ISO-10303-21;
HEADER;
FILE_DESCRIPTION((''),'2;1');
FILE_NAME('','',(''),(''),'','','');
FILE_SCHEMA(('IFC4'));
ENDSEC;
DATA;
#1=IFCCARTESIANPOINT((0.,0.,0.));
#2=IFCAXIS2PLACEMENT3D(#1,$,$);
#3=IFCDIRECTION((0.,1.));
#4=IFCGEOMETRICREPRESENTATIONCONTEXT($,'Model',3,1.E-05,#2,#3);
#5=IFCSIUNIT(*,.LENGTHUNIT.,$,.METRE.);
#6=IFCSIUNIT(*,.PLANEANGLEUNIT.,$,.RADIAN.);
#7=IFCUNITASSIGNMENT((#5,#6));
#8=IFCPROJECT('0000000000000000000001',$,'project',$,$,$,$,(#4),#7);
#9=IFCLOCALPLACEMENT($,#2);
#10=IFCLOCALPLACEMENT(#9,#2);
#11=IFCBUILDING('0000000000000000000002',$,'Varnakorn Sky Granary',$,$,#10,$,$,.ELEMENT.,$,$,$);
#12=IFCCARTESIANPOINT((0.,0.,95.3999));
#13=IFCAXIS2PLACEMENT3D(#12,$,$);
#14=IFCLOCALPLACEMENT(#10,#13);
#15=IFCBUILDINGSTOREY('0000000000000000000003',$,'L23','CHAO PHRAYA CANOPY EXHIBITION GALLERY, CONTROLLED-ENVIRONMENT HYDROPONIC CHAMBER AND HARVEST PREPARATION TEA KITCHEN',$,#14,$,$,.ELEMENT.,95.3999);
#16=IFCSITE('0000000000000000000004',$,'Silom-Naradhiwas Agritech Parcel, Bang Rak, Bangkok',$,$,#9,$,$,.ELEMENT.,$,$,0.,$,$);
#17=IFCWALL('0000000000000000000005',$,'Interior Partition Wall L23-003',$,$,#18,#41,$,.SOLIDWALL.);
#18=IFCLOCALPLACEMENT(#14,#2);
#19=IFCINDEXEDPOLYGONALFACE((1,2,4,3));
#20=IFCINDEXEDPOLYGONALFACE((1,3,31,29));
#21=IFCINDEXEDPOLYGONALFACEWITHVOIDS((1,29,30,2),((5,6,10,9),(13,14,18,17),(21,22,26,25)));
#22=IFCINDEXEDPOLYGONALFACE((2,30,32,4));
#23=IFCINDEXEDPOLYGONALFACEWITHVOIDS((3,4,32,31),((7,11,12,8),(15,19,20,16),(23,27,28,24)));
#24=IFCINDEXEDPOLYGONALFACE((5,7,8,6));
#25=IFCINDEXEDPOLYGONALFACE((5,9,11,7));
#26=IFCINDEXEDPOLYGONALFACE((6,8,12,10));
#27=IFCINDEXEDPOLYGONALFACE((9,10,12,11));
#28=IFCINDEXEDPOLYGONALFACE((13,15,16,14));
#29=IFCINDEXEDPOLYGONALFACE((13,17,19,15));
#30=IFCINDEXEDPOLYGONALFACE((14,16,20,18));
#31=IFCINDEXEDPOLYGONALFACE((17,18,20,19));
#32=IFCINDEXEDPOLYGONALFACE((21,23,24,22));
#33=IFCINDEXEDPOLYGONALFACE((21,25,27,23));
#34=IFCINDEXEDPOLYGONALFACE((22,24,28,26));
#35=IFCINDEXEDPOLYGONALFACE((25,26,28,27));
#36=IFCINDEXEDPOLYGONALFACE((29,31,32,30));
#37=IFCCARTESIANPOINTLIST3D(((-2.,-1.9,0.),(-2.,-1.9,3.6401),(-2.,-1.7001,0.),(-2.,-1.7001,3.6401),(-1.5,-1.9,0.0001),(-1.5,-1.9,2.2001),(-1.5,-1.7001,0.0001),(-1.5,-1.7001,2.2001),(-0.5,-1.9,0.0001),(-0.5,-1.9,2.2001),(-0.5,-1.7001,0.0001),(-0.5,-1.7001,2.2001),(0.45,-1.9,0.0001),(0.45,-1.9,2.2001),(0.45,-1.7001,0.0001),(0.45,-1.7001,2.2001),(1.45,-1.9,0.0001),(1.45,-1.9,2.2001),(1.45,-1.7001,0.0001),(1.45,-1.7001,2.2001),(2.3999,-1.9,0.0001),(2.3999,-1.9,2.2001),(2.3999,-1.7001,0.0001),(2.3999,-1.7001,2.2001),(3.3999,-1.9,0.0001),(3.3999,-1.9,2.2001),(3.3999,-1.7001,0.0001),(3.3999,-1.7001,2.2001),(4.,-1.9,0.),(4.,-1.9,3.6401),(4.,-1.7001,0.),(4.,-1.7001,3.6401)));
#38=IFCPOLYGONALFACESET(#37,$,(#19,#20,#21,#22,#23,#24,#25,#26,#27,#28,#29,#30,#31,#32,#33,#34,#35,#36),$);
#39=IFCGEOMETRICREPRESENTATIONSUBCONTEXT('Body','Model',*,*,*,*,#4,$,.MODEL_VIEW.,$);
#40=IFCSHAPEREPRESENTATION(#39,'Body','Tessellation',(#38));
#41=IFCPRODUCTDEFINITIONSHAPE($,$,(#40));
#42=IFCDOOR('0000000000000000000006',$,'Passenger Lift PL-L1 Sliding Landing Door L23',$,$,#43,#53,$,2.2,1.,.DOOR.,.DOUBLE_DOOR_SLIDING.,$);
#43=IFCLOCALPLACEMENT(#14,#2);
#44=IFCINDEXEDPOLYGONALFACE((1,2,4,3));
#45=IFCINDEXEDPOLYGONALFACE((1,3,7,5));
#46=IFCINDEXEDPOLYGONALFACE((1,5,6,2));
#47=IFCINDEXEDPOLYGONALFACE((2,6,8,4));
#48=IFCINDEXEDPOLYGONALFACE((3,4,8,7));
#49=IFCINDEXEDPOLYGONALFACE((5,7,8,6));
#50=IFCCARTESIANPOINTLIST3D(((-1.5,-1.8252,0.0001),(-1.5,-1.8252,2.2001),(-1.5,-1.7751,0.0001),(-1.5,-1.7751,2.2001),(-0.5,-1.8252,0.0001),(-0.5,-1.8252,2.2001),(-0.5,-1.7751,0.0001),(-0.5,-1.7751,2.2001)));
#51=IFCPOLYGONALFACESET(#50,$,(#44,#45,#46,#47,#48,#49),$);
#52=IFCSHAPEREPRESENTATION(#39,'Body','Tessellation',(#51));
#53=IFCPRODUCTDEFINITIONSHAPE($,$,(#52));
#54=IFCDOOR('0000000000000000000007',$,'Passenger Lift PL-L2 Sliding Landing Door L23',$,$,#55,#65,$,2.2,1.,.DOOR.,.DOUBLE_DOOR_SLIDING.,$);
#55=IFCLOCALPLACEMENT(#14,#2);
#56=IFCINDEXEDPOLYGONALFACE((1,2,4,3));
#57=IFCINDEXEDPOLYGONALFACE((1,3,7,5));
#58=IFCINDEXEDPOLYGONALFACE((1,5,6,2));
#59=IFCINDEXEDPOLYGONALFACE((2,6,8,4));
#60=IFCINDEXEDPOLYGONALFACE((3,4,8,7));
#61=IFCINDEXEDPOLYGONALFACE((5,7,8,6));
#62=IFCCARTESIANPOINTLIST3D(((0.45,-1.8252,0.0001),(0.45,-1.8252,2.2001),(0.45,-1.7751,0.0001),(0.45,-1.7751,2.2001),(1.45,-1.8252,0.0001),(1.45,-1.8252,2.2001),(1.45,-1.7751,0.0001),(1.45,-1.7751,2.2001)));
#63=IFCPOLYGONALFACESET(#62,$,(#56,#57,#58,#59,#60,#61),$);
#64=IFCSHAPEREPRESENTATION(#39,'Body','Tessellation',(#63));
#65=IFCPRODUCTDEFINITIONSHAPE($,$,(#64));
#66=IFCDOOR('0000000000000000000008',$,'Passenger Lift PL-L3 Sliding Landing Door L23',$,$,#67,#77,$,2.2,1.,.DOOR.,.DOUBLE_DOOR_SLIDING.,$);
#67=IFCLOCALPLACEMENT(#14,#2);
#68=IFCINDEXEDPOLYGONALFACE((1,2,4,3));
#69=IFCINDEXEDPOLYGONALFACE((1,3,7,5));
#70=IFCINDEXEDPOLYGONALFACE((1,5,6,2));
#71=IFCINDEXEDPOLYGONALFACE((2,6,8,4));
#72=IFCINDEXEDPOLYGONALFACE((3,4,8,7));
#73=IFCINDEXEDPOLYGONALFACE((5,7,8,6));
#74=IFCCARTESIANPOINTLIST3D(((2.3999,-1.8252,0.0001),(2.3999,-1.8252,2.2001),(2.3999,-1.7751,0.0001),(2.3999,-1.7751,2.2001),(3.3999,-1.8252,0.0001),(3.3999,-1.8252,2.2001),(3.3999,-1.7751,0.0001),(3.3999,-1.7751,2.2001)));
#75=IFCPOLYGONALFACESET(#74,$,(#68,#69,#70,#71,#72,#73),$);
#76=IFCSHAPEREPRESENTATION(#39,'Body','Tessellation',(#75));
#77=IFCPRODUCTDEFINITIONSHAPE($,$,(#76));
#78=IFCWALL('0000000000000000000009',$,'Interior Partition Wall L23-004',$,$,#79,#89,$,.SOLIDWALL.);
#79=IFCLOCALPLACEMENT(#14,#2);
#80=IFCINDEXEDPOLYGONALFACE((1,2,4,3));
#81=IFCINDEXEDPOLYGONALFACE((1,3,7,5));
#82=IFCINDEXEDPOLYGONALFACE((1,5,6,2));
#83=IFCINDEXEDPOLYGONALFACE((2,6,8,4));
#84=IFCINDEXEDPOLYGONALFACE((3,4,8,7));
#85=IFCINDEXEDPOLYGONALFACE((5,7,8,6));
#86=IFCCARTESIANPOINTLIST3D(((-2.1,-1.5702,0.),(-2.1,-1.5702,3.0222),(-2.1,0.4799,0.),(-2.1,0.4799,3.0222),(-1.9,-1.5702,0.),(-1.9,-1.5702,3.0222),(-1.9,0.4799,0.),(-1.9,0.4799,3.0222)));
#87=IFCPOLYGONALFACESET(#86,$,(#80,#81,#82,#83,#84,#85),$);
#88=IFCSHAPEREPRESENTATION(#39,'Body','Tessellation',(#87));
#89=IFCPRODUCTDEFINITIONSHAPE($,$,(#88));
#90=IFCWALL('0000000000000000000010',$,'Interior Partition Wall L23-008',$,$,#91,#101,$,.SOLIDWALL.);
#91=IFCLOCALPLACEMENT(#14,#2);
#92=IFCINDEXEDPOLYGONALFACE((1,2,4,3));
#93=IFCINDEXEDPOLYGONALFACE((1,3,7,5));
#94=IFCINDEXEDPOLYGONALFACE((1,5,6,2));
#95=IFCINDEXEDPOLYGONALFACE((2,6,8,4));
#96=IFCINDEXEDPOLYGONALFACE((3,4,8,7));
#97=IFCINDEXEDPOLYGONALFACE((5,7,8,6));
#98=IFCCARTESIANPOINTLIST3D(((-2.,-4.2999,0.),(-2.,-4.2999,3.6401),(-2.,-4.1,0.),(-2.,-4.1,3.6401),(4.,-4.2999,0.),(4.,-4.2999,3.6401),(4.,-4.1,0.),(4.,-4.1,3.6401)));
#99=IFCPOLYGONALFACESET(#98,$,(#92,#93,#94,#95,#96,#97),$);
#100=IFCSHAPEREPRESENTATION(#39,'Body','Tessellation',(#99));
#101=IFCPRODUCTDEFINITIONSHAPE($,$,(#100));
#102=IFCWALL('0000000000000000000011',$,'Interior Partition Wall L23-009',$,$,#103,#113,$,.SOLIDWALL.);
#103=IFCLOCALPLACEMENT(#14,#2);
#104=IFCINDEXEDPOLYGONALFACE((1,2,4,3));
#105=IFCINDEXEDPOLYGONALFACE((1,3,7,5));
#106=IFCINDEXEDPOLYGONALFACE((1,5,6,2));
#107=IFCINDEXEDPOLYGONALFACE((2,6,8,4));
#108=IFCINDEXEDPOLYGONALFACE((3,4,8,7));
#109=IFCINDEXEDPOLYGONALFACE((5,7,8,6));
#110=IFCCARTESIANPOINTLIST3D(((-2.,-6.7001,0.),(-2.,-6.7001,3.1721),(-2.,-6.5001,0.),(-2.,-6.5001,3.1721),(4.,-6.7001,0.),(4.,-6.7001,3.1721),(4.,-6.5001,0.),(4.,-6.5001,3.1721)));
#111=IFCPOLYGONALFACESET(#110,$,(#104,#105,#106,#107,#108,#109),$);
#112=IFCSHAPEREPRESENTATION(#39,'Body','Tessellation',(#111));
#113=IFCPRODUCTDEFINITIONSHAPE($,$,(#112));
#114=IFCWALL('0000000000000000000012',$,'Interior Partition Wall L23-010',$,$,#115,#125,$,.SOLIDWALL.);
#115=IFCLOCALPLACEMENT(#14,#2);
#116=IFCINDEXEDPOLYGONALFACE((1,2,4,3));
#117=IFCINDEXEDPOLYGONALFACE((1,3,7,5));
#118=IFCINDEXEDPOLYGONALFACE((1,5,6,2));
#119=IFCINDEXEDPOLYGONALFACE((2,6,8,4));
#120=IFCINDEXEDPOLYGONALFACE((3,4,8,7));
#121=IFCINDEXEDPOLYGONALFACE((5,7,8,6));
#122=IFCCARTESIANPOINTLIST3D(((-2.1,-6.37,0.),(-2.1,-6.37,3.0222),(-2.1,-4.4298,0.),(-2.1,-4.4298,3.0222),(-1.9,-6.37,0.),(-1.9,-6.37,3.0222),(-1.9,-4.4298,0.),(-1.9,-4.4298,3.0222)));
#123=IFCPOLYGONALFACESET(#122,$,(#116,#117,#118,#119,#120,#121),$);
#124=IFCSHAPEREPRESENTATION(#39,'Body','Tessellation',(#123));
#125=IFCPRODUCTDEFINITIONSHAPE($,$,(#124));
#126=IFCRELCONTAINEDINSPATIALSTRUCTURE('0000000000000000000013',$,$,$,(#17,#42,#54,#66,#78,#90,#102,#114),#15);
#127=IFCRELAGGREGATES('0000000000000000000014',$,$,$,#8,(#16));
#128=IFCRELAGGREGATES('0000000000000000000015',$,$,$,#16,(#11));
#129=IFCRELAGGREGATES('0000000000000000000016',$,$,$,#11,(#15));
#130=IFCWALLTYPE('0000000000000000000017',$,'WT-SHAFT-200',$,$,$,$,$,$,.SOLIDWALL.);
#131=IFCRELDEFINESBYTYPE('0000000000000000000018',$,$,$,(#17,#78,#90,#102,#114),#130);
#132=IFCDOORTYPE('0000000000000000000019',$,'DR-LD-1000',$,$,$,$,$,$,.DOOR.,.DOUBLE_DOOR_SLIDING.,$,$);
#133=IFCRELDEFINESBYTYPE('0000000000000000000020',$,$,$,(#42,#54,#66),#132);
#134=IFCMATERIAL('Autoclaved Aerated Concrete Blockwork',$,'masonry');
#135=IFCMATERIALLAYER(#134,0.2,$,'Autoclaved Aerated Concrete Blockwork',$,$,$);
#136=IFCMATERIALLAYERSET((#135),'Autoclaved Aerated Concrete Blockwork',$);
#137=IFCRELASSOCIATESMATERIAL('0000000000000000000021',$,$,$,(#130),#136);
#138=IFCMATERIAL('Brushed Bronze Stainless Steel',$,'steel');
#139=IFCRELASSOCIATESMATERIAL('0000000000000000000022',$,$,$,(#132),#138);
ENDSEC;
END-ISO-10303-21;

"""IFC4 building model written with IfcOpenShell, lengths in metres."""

from ifc_helpers import new_model, si_unit, direction, frame, frame_2d, origin, place, context, subcontext, project, spatial, rectangle, extrude, material, layer, layer_set, type_object, element, fill, save


model = new_model("IFC4")

# Units and contexts
model_context = context("Model", 3, precision=1e-05, world=origin(), true_north=direction((0.0, 1.0)))
body_context = subcontext(model_context, "Body", "Model", "MODEL_VIEW")
ifc_project = project(units=[si_unit("LENGTHUNIT", "METRE"), si_unit("PLANEANGLEUNIT", "RADIAN")], contexts=[model_context])

# Site, building, storey
site_placement = place(None, origin())
site = spatial("IfcSite", under=ifc_project, at=site_placement, Name="Silom-Naradhiwas Agritech Parcel, Bang Rak, Bangkok", CompositionType="ELEMENT", RefElevation=0.0)
building_placement = place(site_placement, origin())
building = spatial("IfcBuilding", under=site, at=building_placement, Name="Varnakorn Sky Granary", CompositionType="ELEMENT")
storey_placement = place(building_placement, frame((0.0, 0.0, 95.3999)))
storey = spatial("IfcBuildingStorey", under=building, at=storey_placement, Name="L23", Description="CHAO PHRAYA CANOPY EXHIBITION GALLERY, CONTROLLED-ENVIRONMENT HYDROPONIC CHAMBER AND HARVEST PREPARATION TEA KITCHEN", CompositionType="ELEMENT", Elevation=95.3999)

# Shared definitions
ifc_material_1 = material(Name="Autoclaved Aerated Concrete Blockwork", Category="masonry")

# Wall, openings, doors
ifc_layer_1 = layer(ifc_material_1, 0.2, Name="Autoclaved Aerated Concrete Blockwork")
ifc_layer_set_1 = layer_set([ifc_layer_1], Name="Autoclaved Aerated Concrete Blockwork")
wall_type_1 = type_object("IfcWallType", Name="WT-SHAFT-200", PredefinedType="SOLIDWALL", material=ifc_layer_set_1)
wall_1_placement = place(storey_placement, frame((-2.0, -1.8, 0.0), z_axis=(0.0, 0.0, 1.0), x_axis=(1.0, 0.0, 0.0)))
wall_1 = element("IfcWall", 1, at=wall_1_placement, inside=storey, type_object=wall_type_1, Name="Interior Partition Wall L23-003", PredefinedType="SOLIDWALL", context=body_context, shape_type="SweptSolid", body=[
    extrude(rectangle(XDim=6.0, YDim=0.2, at=frame_2d((3.0, 0.0))), origin(), (0.0, 0.0, 1.0), 3.6401),
])
opening_1_placement = place(wall_1_placement, frame((0.5, 0.0, 0.0)))
opening_1 = element("IfcOpeningElement", 2, at=opening_1_placement, cuts=wall_1, PredefinedType="OPENING", context=body_context, shape_type="SweptSolid", body=[
    extrude(rectangle(XDim=1.0, YDim=2.2, at=frame_2d((0.5, 1.1001))), frame((0.0, 0.1099, 0.0), z_axis=(0.0, -1.0, 0.0), x_axis=(1.0, 0.0, 0.0)), (0.0, 0.0, 1.0), 0.22),
])
opening_2_placement = place(wall_1_placement, frame((2.45, 0.0, 0.0)))
opening_2 = element("IfcOpeningElement", 3, at=opening_2_placement, cuts=wall_1, PredefinedType="OPENING", context=body_context, shape_type="SweptSolid", body=[
    extrude(rectangle(XDim=1.0, YDim=2.2, at=frame_2d((0.5, 1.1001))), frame((0.0, 0.1099, 0.0), z_axis=(0.0, -1.0, 0.0), x_axis=(1.0, 0.0, 0.0)), (0.0, 0.0, 1.0), 0.22),
])
opening_3_placement = place(wall_1_placement, frame((4.3999, 0.0, 0.0)))
opening_3 = element("IfcOpeningElement", 4, at=opening_3_placement, cuts=wall_1, PredefinedType="OPENING", context=body_context, shape_type="SweptSolid", body=[
    extrude(rectangle(XDim=1.0, YDim=2.2, at=frame_2d((0.5, 1.1001))), frame((0.0, 0.1099, 0.0), z_axis=(0.0, -1.0, 0.0), x_axis=(1.0, 0.0, 0.0)), (0.0, 0.0, 1.0), 0.22),
])
ifc_material_2 = material(Name="Brushed Bronze Stainless Steel", Category="steel")
door_type_1 = type_object("IfcDoorType", Name="DR-LD-1000", OperationType="DOUBLE_DOOR_SLIDING", PredefinedType="DOOR", material=ifc_material_2)
door_1_placement = place(opening_1_placement, origin())
door_1 = element("IfcDoor", 5, at=door_1_placement, inside=storey, type_object=door_type_1, Name="Passenger Lift PL-L1 Sliding Landing Door L23", OperationType="DOUBLE_DOOR_SLIDING", OverallHeight=2.2, OverallWidth=1.0, PredefinedType="DOOR", context=body_context, shape_type="SweptSolid", body=[
    extrude(rectangle(XDim=1.0, YDim=2.2, at=frame_2d((0.5, 1.1001))), frame((0.0, 0.0249, 0.0), z_axis=(0.0, -1.0, 0.0), x_axis=(1.0, 0.0, 0.0)), (0.0, 0.0, 1.0), 0.05),
])
fill(opening_1, door_1)
door_2_placement = place(opening_2_placement, origin())
door_2 = element("IfcDoor", 6, at=door_2_placement, inside=storey, type_object=door_type_1, Name="Passenger Lift PL-L2 Sliding Landing Door L23", OperationType="DOUBLE_DOOR_SLIDING", OverallHeight=2.2, OverallWidth=1.0, PredefinedType="DOOR", context=body_context, shape_type="SweptSolid", body=[
    extrude(rectangle(XDim=1.0, YDim=2.2, at=frame_2d((0.5, 1.1001))), frame((0.0, 0.0249, 0.0), z_axis=(0.0, -1.0, 0.0), x_axis=(1.0, 0.0, 0.0)), (0.0, 0.0, 1.0), 0.05),
])
fill(opening_2, door_2)
door_3_placement = place(opening_3_placement, origin())
door_3 = element("IfcDoor", 7, at=door_3_placement, inside=storey, type_object=door_type_1, Name="Passenger Lift PL-L3 Sliding Landing Door L23", OperationType="DOUBLE_DOOR_SLIDING", OverallHeight=2.2, OverallWidth=1.0, PredefinedType="DOOR", context=body_context, shape_type="SweptSolid", body=[
    extrude(rectangle(XDim=1.0, YDim=2.2, at=frame_2d((0.5, 1.1001))), frame((0.0, 0.0249, 0.0), z_axis=(0.0, -1.0, 0.0), x_axis=(1.0, 0.0, 0.0)), (0.0, 0.0, 1.0), 0.05),
])
fill(opening_3, door_3)

# Walls
wall_2_placement = place(storey_placement, frame((-2.0, -1.5701, 0.0), z_axis=(0.0, 0.0, 1.0), x_axis=(0.0, 1.0, 0.0)))
element("IfcWall", 8, at=wall_2_placement, inside=storey, type_object=wall_type_1, Name="Interior Partition Wall L23-004", PredefinedType="SOLIDWALL", context=body_context, shape_type="SweptSolid", body=[
    extrude(rectangle(XDim=2.05, YDim=0.2, at=frame_2d((1.0249, 0.0))), origin(), (0.0, 0.0, 1.0), 3.0222),
])
wall_3_placement = place(storey_placement, frame((-2.0, -4.2, 0.0), z_axis=(0.0, 0.0, 1.0), x_axis=(1.0, 0.0, 0.0)))
element("IfcWall", 9, at=wall_3_placement, inside=storey, type_object=wall_type_1, Name="Interior Partition Wall L23-008", PredefinedType="SOLIDWALL", context=body_context, shape_type="SweptSolid", body=[
    extrude(rectangle(XDim=6.0, YDim=0.2, at=frame_2d((3.0, 0.0))), origin(), (0.0, 0.0, 1.0), 3.6401),
])
wall_4_placement = place(storey_placement, frame((-2.0, -6.6001, 0.0), z_axis=(0.0, 0.0, 1.0), x_axis=(1.0, 0.0, 0.0)))
element("IfcWall", 10, at=wall_4_placement, inside=storey, type_object=wall_type_1, Name="Interior Partition Wall L23-009", PredefinedType="SOLIDWALL", context=body_context, shape_type="SweptSolid", body=[
    extrude(rectangle(XDim=6.0, YDim=0.2, at=frame_2d((3.0, 0.0))), origin(), (0.0, 0.0, 1.0), 3.1721),
])
wall_5_placement = place(storey_placement, frame((-2.0, -6.3701, 0.0), z_axis=(0.0, 0.0, 1.0), x_axis=(0.0, 1.0, 0.0)))
element("IfcWall", 11, at=wall_5_placement, inside=storey, type_object=wall_type_1, Name="Interior Partition Wall L23-010", PredefinedType="SOLIDWALL", context=body_context, shape_type="SweptSolid", body=[
    extrude(rectangle(XDim=1.9402, YDim=0.2, at=frame_2d((0.9702, 0.0))), origin(), (0.0, 0.0, 1.0), 3.0222),
])

save(model, "model.ifc")
